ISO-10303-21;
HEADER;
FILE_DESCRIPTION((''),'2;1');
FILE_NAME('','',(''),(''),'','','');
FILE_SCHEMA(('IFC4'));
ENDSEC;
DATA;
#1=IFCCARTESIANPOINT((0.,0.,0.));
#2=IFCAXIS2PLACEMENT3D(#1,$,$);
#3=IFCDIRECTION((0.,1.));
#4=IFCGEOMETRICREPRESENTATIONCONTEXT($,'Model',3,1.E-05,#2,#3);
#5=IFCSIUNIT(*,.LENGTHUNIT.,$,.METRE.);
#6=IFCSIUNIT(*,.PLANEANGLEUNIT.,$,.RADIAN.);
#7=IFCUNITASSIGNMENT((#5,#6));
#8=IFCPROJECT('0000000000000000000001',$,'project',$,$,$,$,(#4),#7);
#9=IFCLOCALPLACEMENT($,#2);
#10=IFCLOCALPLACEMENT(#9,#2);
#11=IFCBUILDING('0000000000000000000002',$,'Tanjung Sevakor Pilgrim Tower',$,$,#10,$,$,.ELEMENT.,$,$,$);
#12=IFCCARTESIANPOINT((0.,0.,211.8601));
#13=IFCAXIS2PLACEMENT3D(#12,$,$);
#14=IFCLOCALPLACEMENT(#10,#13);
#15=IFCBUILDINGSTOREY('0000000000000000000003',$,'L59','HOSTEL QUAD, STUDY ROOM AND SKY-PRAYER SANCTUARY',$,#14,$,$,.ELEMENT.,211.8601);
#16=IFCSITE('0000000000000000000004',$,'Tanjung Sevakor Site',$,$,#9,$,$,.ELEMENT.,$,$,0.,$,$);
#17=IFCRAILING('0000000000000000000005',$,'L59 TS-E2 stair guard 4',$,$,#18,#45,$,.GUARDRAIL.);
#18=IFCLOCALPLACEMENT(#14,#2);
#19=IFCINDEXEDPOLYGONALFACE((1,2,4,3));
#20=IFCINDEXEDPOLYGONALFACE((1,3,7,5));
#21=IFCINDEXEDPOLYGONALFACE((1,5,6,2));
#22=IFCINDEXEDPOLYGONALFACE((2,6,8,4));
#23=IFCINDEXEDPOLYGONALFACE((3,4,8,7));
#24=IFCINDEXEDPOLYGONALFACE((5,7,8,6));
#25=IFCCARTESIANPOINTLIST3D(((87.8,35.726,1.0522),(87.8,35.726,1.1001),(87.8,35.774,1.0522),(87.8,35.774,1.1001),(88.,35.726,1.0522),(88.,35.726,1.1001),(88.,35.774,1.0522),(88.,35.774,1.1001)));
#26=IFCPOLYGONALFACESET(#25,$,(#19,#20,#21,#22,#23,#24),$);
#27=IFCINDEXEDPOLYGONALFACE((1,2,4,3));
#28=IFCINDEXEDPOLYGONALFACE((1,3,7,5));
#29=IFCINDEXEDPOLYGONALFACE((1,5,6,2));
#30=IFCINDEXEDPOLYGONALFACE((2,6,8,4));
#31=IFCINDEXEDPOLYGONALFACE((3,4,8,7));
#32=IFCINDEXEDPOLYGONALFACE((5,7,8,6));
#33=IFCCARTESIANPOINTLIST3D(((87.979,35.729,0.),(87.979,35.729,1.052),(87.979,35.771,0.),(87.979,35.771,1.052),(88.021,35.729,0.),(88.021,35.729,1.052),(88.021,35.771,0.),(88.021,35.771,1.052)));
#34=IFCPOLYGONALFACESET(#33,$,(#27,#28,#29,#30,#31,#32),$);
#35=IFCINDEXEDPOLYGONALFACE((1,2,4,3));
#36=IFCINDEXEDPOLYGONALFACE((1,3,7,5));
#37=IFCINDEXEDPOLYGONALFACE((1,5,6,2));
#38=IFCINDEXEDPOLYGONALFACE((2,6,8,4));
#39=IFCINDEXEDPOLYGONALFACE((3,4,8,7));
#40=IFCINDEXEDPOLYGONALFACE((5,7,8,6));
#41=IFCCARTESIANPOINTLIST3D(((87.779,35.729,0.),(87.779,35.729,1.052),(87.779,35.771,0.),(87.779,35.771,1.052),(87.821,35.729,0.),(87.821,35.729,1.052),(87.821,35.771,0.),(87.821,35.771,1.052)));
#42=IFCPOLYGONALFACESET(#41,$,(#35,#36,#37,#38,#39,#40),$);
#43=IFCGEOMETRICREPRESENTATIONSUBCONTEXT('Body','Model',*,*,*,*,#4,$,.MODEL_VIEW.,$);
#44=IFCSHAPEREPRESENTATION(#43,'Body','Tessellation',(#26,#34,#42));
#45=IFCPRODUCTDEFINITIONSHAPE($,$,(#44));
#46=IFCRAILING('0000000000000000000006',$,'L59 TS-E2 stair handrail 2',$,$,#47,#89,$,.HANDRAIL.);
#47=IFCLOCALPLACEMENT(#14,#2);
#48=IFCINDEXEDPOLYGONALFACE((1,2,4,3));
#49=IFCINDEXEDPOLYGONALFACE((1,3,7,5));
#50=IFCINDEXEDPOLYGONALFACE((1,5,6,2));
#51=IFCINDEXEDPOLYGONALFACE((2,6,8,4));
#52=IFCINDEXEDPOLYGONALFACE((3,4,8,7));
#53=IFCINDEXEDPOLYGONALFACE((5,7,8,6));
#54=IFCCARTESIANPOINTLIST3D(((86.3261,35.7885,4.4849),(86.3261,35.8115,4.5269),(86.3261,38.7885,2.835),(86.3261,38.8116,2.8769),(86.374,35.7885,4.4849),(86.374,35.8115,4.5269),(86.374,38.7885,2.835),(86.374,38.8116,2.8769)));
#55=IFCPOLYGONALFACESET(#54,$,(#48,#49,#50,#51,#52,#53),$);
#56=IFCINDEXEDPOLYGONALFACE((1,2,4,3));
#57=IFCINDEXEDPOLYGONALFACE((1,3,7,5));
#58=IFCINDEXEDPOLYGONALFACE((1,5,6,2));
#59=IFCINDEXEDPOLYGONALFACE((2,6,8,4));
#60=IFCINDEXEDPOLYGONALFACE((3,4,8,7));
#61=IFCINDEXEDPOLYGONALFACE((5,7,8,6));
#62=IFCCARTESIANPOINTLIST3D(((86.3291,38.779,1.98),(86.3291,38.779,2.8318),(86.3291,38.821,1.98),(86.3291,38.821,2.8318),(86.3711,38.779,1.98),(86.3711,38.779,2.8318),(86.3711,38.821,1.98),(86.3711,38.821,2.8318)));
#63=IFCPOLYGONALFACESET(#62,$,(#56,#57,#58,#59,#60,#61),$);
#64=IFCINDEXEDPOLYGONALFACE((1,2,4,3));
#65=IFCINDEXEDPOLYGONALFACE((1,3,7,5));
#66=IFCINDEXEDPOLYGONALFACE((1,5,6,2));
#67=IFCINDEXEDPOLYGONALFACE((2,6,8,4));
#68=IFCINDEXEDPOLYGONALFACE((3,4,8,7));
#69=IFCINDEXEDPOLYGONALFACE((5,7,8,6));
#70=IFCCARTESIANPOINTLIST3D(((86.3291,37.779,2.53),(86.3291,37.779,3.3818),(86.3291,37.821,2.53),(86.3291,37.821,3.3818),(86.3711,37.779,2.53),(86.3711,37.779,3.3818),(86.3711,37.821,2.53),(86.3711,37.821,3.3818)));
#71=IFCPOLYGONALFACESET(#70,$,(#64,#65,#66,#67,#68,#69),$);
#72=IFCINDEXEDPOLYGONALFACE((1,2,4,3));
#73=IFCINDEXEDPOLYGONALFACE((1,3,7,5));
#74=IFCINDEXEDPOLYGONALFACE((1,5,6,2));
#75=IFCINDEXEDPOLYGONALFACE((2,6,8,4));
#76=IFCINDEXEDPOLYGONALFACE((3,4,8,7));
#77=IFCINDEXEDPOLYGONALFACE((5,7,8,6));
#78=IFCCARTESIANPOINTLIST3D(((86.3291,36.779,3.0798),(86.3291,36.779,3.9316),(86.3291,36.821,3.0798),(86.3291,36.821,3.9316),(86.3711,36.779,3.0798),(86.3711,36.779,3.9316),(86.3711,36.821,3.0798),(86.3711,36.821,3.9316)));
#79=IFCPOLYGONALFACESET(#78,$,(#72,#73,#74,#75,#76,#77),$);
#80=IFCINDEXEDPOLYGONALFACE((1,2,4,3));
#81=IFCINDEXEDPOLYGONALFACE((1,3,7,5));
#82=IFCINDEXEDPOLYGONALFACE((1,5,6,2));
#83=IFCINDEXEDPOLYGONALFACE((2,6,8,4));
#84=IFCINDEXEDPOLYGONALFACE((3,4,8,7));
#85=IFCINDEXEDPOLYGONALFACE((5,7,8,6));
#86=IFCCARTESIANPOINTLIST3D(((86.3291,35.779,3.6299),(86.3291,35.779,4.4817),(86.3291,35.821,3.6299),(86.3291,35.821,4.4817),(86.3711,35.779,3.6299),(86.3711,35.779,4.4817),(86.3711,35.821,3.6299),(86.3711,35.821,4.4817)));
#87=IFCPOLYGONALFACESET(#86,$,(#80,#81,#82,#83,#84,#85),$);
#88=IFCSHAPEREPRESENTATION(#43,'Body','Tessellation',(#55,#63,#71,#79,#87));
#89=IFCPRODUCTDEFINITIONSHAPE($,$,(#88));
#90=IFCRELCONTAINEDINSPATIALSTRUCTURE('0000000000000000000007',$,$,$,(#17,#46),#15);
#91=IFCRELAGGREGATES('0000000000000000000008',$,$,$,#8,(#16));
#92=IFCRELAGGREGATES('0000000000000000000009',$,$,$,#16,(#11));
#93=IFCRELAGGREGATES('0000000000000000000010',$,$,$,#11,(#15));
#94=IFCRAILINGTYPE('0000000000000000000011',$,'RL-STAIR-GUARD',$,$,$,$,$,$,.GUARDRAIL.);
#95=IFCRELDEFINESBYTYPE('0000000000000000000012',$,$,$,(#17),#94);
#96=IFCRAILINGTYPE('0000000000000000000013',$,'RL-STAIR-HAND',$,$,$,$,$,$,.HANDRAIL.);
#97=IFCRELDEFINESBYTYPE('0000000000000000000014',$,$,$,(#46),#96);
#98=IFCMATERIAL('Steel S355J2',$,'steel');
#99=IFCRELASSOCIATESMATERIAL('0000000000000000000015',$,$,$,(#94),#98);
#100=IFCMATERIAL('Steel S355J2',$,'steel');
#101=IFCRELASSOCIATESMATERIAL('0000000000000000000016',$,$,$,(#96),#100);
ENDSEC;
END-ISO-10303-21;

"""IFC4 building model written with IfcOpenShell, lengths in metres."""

from ifc_helpers import new_model, si_unit, direction, frame, origin, place, context, subcontext, project, spatial, rectangle, extrude, material, type_object, element, save


model = new_model("IFC4")

# Units and contexts
model_context = context("Model", 3, precision=1e-05, world=origin(), true_north=direction((0.0, 1.0)))
body_context = subcontext(model_context, "Body", "Model", "MODEL_VIEW")
ifc_project = project(units=[si_unit("LENGTHUNIT", "METRE"), si_unit("PLANEANGLEUNIT", "RADIAN")], contexts=[model_context])

# Site, building, storey
site_placement = place(None, origin())
site = spatial("IfcSite", under=ifc_project, at=site_placement, Name="Tanjung Sevakor Site", CompositionType="ELEMENT", RefElevation=0.0)
building_placement = place(site_placement, origin())
building = spatial("IfcBuilding", under=site, at=building_placement, Name="Tanjung Sevakor Pilgrim Tower", CompositionType="ELEMENT")
storey_placement = place(building_placement, frame((0.0, 0.0, 211.8601)))
storey = spatial("IfcBuildingStorey", under=building, at=storey_placement, Name="L59", Description="HOSTEL QUAD, STUDY ROOM AND SKY-PRAYER SANCTUARY", CompositionType="ELEMENT", Elevation=211.8601)

# Railings
ifc_material_1 = material(Name="Steel S355J2", Category="steel")
railing_type_1 = type_object("IfcRailingType", Name="RL-STAIR-GUARD", PredefinedType="GUARDRAIL", material=ifc_material_1)
railing_1_placement = place(storey_placement, frame((88.0, 35.75, 0.0)))
element("IfcRailing", 1, at=railing_1_placement, inside=storey, type_object=railing_type_1, Name="L59 TS-E2 stair guard 4", PredefinedType="GUARDRAIL", context=body_context, shape_type="SweptSolid", body=[
    extrude(rectangle(XDim=0.0479, YDim=0.0479), frame((0.0, 0.0, 1.0762), z_axis=(-1.0, 0.0, 0.0), x_axis=(0.0, -1.0, 0.0)), (0.0, 0.0, 1.0), 0.2),
    extrude(rectangle(XDim=0.042, YDim=0.042), origin(), (0.0, 0.0, 1.0), 1.052),
    extrude(rectangle(XDim=0.042, YDim=0.042), frame((-0.2, 0.0, 0.0)), (0.0, 0.0, 1.0), 1.052),
])
ifc_material_2 = material(Name="Steel S355J2", Category="steel")
railing_type_2 = type_object("IfcRailingType", Name="RL-STAIR-HAND", PredefinedType="HANDRAIL", material=ifc_material_2)
railing_2_placement = place(storey_placement, frame((86.3501, 38.8, 1.98)))
element("IfcRailing", 2, at=railing_2_placement, inside=storey, type_object=railing_type_2, Name="L59 TS-E2 stair handrail 2", PredefinedType="HANDRAIL", context=body_context, shape_type="SweptSolid", body=[
    extrude(rectangle(XDim=0.0479, YDim=0.0479), frame((0.0, 0.0, 0.876), z_axis=(0.0, -0.876228, 0.481897), x_axis=(1.0, 0.0, 0.0)), (0.0, 0.0, 1.0), 3.4238),
    extrude(rectangle(XDim=0.042, YDim=0.042), origin(), (0.0, 0.0, 1.0), 0.8518),
    extrude(rectangle(XDim=0.042, YDim=0.042), frame((0.0, -1.0, 0.55)), (0.0, 0.0, 1.0), 0.8518),
    extrude(rectangle(XDim=0.042, YDim=0.042), frame((0.0, -2.0, 1.0999)), (0.0, 0.0, 1.0), 0.8518),
    extrude(rectangle(XDim=0.042, YDim=0.042), frame((0.0, -3.0, 1.6499)), (0.0, 0.0, 1.0), 0.8518),
])

save(model, "model.ifc")
